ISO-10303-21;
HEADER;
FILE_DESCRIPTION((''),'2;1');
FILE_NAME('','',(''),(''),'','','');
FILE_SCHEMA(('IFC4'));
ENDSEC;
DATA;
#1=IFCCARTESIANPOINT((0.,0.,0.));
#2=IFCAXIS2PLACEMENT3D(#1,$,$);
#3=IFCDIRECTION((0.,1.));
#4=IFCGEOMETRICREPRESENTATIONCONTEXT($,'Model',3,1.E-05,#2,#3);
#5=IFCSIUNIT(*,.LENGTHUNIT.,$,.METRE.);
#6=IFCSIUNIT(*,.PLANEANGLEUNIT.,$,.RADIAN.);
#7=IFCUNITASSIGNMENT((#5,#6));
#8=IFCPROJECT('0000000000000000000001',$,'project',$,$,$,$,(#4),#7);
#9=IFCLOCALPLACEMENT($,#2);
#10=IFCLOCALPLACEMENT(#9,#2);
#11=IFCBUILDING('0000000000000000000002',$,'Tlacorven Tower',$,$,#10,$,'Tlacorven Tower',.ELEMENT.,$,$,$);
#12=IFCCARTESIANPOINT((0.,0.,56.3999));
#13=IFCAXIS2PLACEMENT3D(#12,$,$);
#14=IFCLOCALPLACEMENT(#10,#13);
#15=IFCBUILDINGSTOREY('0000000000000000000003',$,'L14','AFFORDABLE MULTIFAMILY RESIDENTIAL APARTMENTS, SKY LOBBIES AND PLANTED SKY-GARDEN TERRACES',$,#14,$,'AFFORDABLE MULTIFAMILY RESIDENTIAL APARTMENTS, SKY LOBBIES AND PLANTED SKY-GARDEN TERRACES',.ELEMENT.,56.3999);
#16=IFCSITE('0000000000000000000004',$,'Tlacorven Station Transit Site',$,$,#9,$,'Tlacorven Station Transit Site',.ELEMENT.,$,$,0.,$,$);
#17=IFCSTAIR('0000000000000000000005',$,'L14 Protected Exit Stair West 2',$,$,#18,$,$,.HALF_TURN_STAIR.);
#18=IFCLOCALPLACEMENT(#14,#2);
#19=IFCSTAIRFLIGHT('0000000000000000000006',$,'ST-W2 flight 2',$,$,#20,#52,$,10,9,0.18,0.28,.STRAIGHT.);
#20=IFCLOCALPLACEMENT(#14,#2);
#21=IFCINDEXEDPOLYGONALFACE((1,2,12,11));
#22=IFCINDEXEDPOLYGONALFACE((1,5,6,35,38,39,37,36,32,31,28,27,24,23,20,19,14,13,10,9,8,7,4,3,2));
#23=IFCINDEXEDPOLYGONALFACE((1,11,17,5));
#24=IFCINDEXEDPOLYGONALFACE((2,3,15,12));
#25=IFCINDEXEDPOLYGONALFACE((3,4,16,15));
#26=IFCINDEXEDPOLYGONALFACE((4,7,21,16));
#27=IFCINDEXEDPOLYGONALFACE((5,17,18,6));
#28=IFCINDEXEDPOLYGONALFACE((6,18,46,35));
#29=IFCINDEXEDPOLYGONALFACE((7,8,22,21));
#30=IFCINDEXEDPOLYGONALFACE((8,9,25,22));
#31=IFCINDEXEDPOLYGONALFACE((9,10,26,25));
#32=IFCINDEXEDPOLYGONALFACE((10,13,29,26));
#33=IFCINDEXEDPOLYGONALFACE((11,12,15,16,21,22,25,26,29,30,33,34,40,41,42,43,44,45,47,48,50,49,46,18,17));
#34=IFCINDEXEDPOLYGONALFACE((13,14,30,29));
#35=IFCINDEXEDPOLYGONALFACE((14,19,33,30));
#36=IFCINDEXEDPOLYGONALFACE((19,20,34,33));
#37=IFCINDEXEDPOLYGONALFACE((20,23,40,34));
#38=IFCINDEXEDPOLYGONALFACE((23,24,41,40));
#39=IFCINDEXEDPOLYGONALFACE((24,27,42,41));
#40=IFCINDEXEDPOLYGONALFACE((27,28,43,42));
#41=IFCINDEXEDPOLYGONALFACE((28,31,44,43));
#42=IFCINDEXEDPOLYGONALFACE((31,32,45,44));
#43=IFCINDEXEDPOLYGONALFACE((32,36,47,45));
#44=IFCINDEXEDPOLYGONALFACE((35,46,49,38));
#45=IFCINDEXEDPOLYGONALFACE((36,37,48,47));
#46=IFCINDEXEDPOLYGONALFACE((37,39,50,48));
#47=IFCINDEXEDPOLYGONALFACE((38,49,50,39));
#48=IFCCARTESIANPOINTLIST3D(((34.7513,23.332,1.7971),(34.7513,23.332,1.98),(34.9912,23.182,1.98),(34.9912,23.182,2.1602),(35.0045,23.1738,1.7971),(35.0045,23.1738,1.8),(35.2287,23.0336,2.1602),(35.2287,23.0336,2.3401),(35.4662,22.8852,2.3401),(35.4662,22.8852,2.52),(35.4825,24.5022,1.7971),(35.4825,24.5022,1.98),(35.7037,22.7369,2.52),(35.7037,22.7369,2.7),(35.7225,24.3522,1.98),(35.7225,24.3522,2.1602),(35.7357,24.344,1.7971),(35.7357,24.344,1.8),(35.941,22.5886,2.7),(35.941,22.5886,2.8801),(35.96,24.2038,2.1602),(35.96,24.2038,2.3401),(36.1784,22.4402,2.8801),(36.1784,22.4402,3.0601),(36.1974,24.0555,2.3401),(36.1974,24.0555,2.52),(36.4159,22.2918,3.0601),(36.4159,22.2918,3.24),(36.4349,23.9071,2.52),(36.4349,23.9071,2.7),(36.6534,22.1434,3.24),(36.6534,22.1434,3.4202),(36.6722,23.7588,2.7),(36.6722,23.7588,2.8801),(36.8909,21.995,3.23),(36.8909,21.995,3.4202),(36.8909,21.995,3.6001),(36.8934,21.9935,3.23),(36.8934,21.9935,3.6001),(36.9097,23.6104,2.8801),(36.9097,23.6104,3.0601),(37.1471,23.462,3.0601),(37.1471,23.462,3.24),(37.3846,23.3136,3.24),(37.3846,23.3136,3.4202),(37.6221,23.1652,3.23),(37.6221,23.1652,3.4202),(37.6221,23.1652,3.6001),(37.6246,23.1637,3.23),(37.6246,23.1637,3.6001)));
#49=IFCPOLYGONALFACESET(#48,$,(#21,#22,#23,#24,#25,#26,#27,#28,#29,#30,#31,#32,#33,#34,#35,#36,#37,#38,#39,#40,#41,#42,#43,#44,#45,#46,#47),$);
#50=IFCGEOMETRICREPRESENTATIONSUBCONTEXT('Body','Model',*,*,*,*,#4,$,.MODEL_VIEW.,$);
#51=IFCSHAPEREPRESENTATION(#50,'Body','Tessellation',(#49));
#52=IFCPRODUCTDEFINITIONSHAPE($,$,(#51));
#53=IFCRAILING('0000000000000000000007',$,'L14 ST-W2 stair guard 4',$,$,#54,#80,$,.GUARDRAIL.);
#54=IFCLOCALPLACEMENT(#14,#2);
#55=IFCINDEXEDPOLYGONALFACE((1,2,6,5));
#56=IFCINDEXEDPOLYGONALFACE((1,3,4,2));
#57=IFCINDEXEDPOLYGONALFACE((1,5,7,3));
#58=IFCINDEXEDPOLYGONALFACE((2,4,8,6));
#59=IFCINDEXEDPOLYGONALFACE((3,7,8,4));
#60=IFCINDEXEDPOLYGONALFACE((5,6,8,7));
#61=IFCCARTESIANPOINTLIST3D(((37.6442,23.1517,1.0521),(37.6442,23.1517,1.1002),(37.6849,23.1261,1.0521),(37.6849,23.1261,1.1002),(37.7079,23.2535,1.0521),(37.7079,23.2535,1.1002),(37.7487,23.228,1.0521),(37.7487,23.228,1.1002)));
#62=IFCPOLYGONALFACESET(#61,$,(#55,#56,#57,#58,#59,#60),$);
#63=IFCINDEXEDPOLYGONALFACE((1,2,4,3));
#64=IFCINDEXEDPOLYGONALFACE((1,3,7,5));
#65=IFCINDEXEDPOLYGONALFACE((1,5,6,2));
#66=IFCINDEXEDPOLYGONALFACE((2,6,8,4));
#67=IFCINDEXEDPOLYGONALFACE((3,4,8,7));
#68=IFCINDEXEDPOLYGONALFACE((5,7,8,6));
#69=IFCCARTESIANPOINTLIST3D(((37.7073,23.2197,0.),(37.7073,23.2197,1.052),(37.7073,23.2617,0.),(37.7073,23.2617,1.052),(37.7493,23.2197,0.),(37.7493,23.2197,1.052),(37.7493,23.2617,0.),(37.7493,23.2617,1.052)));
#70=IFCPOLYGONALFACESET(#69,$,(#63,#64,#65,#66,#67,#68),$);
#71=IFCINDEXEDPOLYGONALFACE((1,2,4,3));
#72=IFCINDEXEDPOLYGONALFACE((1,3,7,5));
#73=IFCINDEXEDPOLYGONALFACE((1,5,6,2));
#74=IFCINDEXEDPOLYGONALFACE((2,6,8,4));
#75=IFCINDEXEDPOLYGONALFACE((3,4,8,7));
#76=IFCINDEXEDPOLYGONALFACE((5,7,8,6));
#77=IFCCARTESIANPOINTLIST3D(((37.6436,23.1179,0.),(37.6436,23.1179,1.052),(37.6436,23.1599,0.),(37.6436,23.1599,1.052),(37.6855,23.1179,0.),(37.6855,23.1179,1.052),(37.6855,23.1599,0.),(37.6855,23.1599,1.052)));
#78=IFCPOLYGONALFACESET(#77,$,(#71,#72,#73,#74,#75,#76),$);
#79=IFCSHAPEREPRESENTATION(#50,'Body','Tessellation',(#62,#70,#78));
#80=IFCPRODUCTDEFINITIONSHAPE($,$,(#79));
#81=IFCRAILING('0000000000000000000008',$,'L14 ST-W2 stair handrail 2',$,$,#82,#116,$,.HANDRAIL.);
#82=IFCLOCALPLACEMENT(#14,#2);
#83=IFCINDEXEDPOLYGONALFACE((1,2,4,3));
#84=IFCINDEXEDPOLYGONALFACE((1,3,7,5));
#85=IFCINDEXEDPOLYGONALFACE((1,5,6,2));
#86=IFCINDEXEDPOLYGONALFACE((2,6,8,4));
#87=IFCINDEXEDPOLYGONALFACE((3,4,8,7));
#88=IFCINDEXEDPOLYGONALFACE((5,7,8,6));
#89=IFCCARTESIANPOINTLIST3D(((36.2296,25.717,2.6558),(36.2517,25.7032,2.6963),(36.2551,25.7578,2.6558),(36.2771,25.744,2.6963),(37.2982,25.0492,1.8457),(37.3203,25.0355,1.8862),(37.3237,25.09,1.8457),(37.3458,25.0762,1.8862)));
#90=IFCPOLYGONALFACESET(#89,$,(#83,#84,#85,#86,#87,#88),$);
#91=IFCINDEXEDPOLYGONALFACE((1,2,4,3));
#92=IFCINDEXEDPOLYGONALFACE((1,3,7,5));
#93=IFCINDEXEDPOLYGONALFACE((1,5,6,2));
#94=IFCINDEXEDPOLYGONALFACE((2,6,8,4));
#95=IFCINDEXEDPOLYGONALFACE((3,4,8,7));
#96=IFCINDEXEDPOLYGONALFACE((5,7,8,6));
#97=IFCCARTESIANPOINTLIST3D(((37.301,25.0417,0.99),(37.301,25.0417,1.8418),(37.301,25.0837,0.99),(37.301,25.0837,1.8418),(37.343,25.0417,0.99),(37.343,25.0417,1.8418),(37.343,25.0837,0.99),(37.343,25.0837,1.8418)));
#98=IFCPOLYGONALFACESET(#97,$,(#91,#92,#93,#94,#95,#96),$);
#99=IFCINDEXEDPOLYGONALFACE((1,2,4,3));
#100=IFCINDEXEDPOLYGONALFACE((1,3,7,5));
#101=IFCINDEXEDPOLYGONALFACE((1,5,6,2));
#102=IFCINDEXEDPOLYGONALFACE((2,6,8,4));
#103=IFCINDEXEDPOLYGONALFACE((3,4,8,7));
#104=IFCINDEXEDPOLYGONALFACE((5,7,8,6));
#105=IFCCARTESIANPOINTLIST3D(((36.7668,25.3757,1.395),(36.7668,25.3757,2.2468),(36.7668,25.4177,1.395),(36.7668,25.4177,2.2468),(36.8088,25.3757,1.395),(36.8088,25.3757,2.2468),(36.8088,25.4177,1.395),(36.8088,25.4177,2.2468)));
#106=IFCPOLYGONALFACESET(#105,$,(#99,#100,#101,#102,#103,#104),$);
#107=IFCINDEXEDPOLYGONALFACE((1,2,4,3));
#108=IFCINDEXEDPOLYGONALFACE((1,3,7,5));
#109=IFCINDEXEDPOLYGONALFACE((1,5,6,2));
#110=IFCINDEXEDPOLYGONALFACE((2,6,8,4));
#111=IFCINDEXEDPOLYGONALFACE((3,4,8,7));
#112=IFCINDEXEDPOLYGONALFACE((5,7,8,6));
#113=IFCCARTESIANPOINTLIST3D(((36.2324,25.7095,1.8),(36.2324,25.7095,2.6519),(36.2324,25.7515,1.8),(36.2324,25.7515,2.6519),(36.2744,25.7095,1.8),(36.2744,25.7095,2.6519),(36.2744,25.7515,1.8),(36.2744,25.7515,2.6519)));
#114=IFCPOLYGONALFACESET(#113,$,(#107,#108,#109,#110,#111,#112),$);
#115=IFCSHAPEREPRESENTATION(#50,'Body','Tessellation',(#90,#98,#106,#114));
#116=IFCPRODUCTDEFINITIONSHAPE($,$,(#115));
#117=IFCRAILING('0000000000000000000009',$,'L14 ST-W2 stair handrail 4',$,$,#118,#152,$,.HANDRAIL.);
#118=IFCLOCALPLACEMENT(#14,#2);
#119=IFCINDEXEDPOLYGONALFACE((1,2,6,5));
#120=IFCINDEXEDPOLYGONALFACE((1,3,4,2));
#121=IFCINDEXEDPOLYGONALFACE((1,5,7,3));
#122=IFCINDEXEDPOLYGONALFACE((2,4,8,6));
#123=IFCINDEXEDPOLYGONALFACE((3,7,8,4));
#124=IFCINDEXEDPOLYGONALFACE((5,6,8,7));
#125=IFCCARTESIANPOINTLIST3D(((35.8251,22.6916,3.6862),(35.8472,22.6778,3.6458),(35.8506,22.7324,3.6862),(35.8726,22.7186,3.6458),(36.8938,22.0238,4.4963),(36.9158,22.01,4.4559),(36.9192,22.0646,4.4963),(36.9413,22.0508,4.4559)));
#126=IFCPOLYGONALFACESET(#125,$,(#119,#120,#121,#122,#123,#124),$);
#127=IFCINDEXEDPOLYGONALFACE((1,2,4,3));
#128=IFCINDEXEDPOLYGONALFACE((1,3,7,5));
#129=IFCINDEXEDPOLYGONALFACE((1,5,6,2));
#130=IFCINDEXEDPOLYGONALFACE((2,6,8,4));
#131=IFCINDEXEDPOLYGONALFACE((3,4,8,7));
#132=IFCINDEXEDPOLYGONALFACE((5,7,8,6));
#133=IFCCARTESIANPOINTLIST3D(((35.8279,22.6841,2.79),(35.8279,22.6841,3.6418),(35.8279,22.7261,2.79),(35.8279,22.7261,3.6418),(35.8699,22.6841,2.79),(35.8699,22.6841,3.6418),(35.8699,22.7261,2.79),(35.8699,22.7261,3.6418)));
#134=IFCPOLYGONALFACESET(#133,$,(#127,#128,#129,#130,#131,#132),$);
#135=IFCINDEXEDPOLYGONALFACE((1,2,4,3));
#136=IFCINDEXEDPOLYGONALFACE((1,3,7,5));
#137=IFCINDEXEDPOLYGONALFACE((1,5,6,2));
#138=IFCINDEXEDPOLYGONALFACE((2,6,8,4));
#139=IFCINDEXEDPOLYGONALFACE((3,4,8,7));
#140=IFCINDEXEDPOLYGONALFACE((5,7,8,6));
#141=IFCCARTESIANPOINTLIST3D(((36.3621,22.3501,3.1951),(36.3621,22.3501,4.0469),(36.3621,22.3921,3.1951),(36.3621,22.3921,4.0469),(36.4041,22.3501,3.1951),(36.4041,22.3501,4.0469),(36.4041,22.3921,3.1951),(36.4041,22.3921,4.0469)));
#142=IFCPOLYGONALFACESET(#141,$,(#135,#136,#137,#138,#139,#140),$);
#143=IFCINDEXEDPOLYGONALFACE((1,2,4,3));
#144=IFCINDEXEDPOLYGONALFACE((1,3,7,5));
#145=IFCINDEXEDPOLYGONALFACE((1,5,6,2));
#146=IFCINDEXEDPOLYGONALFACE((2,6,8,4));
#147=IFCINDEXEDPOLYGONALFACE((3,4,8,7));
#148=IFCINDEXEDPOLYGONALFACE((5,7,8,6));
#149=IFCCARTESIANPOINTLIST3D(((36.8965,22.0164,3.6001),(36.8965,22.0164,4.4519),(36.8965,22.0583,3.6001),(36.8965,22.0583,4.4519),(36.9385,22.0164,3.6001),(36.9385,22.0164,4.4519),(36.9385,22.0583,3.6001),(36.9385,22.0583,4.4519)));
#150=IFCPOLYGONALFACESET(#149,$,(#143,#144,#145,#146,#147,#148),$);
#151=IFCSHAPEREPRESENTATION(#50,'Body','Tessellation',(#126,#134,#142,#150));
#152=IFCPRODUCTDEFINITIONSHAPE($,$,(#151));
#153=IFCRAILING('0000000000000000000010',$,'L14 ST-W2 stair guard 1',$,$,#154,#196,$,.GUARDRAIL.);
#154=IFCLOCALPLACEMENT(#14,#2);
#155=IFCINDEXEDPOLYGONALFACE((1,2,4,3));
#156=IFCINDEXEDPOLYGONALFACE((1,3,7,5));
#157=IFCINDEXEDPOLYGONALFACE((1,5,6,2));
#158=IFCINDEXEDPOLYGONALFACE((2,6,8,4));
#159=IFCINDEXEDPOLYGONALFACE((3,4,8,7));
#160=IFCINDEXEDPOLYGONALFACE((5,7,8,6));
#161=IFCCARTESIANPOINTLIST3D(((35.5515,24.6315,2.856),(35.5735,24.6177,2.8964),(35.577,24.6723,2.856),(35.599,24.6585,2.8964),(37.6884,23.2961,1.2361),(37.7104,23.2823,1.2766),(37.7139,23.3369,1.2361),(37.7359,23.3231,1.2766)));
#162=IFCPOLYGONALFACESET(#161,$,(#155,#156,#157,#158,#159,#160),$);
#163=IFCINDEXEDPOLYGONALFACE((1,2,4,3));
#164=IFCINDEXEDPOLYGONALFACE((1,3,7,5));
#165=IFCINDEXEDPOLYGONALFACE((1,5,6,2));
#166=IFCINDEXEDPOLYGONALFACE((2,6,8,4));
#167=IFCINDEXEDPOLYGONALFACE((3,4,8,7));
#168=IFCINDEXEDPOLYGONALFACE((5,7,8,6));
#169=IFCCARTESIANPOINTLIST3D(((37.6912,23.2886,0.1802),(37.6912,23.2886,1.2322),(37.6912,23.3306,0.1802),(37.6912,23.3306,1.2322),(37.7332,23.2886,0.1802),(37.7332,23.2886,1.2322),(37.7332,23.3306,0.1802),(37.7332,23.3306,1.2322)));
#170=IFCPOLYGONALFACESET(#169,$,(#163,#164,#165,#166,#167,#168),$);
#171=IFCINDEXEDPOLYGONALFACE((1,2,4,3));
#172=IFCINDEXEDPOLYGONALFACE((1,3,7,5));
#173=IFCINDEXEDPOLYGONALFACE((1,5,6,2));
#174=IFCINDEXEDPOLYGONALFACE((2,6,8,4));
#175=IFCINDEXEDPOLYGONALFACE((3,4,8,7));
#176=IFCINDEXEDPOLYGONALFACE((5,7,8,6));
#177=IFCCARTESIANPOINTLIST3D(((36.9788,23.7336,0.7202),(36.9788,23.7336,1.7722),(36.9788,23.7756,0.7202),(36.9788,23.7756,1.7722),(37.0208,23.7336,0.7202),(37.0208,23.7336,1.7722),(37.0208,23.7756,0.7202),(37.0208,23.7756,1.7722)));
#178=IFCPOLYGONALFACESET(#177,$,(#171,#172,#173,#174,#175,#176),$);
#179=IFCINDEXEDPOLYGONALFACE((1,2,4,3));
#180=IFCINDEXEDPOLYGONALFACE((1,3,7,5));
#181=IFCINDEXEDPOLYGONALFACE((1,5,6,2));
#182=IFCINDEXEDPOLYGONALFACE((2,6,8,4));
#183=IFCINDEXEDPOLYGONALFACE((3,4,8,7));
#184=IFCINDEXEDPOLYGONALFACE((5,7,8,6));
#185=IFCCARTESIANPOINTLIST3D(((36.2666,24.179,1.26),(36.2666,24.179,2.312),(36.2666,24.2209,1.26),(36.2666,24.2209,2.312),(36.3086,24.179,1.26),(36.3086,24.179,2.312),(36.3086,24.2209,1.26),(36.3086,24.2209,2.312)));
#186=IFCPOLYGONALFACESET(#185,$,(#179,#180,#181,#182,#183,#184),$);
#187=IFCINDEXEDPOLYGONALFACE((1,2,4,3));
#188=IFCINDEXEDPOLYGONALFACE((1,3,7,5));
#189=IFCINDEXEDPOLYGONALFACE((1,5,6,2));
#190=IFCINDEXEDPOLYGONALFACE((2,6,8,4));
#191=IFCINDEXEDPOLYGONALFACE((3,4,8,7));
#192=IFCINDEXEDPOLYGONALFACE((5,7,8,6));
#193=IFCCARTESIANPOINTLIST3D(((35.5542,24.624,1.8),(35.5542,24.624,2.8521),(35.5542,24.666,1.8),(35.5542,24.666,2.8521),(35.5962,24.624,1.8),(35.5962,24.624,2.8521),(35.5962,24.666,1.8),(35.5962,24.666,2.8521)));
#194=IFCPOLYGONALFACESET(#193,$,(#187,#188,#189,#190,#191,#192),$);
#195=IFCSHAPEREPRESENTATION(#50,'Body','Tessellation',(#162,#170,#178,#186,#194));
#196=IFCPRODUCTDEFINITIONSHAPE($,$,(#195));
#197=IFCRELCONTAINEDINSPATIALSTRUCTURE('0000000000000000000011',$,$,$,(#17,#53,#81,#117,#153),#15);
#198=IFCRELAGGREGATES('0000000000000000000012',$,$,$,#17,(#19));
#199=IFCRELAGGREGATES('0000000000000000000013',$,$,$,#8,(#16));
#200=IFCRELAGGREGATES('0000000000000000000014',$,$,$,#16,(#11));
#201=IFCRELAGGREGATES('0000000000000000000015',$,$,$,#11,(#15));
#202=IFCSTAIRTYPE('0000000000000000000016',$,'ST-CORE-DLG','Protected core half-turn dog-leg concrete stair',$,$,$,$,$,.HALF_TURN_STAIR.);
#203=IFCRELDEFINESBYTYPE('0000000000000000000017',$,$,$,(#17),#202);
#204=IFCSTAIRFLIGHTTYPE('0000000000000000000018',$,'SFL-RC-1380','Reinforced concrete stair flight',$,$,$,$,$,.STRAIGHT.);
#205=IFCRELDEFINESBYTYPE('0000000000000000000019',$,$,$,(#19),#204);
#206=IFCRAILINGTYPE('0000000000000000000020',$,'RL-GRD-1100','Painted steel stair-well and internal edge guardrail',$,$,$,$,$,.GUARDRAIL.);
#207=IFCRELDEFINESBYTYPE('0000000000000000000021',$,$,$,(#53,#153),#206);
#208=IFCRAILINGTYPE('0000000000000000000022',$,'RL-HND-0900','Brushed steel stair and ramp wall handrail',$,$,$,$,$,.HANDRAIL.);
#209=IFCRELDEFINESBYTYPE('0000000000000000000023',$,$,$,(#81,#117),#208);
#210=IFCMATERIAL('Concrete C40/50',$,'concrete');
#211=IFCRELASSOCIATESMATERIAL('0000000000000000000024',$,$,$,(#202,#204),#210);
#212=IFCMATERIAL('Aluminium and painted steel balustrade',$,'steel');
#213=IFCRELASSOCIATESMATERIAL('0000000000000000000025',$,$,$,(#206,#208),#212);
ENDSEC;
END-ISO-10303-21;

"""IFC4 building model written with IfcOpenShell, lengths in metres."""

from ifc_helpers import new_model, si_unit, direction, frame, origin, origin_2d, place, context, subcontext, project, spatial, polyline, rectangle, outline, extrude, source, transform, mapped, material, type_object, element, aggregate, save


model = new_model("IFC4")

# Units and contexts
model_context = context("Model", 3, precision=1e-05, world=origin(), true_north=direction((0.0, 1.0)))
body_context = subcontext(model_context, "Body", "Model", "MODEL_VIEW")
ifc_project = project(units=[si_unit("LENGTHUNIT", "METRE"), si_unit("PLANEANGLEUNIT", "RADIAN")], contexts=[model_context])

# Site, building, storey
site_placement = place(None, origin())
site = spatial("IfcSite", under=ifc_project, at=site_placement, Name="Tlacorven Station Transit Site", LongName="Tlacorven Station Transit Site", CompositionType="ELEMENT", RefElevation=0.0)
building_placement = place(site_placement, origin())
building = spatial("IfcBuilding", under=site, at=building_placement, Name="Tlacorven Tower", LongName="Tlacorven Tower", CompositionType="ELEMENT")
storey_placement = place(building_placement, frame((0.0, 0.0, 56.3999)))
storey = spatial("IfcBuildingStorey", under=building, at=storey_placement, Name="L14", Description="AFFORDABLE MULTIFAMILY RESIDENTIAL APARTMENTS, SKY LOBBIES AND PLANTED SKY-GARDEN TERRACES", LongName="AFFORDABLE MULTIFAMILY RESIDENTIAL APARTMENTS, SKY LOBBIES AND PLANTED SKY-GARDEN TERRACES", CompositionType="ELEMENT", Elevation=56.3999)

# Shared definitions
ifc_material_1 = material(Name="Concrete C40/50", Category="concrete")

# Stair, stair flight
stair_type = type_object("IfcStairType", Name="ST-CORE-DLG", Description="Protected core half-turn dog-leg concrete stair", PredefinedType="HALF_TURN_STAIR", material=ifc_material_1)
stair_placement = place(storey_placement, origin())
stair = element("IfcStair", 1, at=stair_placement, inside=storey, type_object=stair_type, Name="L14 Protected Exit Stair West 2", PredefinedType="HALF_TURN_STAIR")
stair_flight_type = type_object("IfcStairFlightType", Name="SFL-RC-1380", Description="Reinforced concrete stair flight", PredefinedType="STRAIGHT", material=ifc_material_1)
shared_shape_1 = source(origin(), body_context, "Body", "SweptSolid", [
    extrude(outline(polyline([(-0.0029, -0.0029), (-0.0029, 0.1799), (0.28, 0.1799), (0.28, 0.3601), (0.5601, 0.3601), (0.5601, 0.54), (0.8401, 0.54), (0.8401, 0.72), (1.1201, 0.72), (1.1201, 0.8999), (1.3999, 0.8999), (1.3999, 1.0801), (1.6799, 1.0801), (1.6799, 1.26), (1.96, 1.26), (1.96, 1.4399), (2.24, 1.4399), (2.24, 1.6201), (2.52, 1.6201), (2.52, 1.8), (2.5229, 1.8), (2.5229, 1.4299), (2.52, 1.4299), (0.2957, 0.0), (0.2957, -0.0029), (-0.0029, -0.0029)])), frame((0.0, 0.6899, 0.0), z_axis=(0.0, -1.0, 0.0), x_axis=(1.0, 0.0, 0.0)), (0.0, 0.0, 1.0), 1.3799),
])
stair_flight_1_placement = place(storey_placement, frame((35.1194, 23.9155, 1.8), z_axis=(0.0, 0.0, 1.0), x_axis=(0.848048, -0.529919, 0.0)))
stair_flight_1 = element("IfcStairFlight", 2, at=stair_flight_1_placement, type_object=stair_flight_type, Name="ST-W2 flight 2", NumberOfRisers=10, NumberOfTreads=9, PredefinedType="STRAIGHT", RiserHeight=0.18, TreadLength=0.28, context=body_context, shape_type="MappedRepresentation", body=[
    mapped(shared_shape_1, transform((0.0, 0.0, 0.0), scale=1.0)),
])
aggregate(stair, [stair_flight_1])

# Railings
ifc_material_2 = material(Name="Aluminium and painted steel balustrade", Category="steel")
railing_type_1 = type_object("IfcRailingType", Name="RL-GRD-1100", Description="Painted steel stair-well and internal edge guardrail", PredefinedType="GUARDRAIL", material=ifc_material_2)
shared_shape_2 = source(origin(), body_context, "Body", "SweptSolid", [
    extrude(rectangle(XDim=0.0481, YDim=0.0481, at=origin_2d()), frame((0.0, 0.0, 1.0762), z_axis=(-0.530547, -0.847656, 0.0), x_axis=(0.847656, -0.530547, 0.0)), (0.0, 0.0, 1.0), 0.1201),
    extrude(rectangle(XDim=0.042, YDim=0.042, at=origin_2d()), origin(), (0.0, 0.0, 1.0), 1.052),
    extrude(rectangle(XDim=0.042, YDim=0.042, at=origin_2d()), frame((-0.0637, -0.1018, 0.0)), (0.0, 0.0, 1.0), 1.052),
])
railing_1_placement = place(storey_placement, frame((37.7283, 23.2407, 0.0)))
element("IfcRailing", 3, at=railing_1_placement, inside=storey, type_object=railing_type_1, Name="L14 ST-W2 stair guard 4", PredefinedType="GUARDRAIL", context=body_context, shape_type="MappedRepresentation", body=[
    mapped(shared_shape_2, transform((0.0, 0.0, 0.0), scale=1.0)),
])
railing_type_2 = type_object("IfcRailingType", Name="RL-HND-0900", Description="Brushed steel stair and ramp wall handrail", PredefinedType="HANDRAIL", material=ifc_material_2)
shared_shape_3 = source(origin(), body_context, "Body", "SweptSolid", [
    extrude(rectangle(XDim=0.0481, YDim=0.0481, at=origin_2d()), frame((0.0, 0.0, 0.876), z_axis=(-0.71336, 0.445748, 0.540765), x_axis=(-0.529912, -0.848053, 0.0)), (0.0, 0.0, 1.0), 1.498),
    extrude(rectangle(XDim=0.042, YDim=0.042, at=origin_2d()), origin(), (0.0, 0.0, 1.0), 0.8518),
    extrude(rectangle(XDim=0.042, YDim=0.042, at=origin_2d()), frame((-0.5342, 0.334, 0.405)), (0.0, 0.0, 1.0), 0.8518),
    extrude(rectangle(XDim=0.042, YDim=0.042, at=origin_2d()), frame((-1.0686, 0.6677, 0.8101)), (0.0, 0.0, 1.0), 0.8518),
])
railing_2_placement = place(storey_placement, frame((37.322, 25.0627, 0.99)))
element("IfcRailing", 4, at=railing_2_placement, inside=storey, type_object=railing_type_2, Name="L14 ST-W2 stair handrail 2", PredefinedType="HANDRAIL", context=body_context, shape_type="MappedRepresentation", body=[
    mapped(shared_shape_3, transform((0.0, 0.0, 0.0), scale=1.0)),
])
shared_shape_4 = source(origin(), body_context, "Body", "SweptSolid", [
    extrude(rectangle(XDim=0.0481, YDim=0.0481, at=origin_2d()), frame((0.0, 0.0, 0.876), z_axis=(0.71336, -0.445748, 0.540765), x_axis=(0.529912, 0.848053, 0.0)), (0.0, 0.0, 1.0), 1.498),
    extrude(rectangle(XDim=0.042, YDim=0.042, at=origin_2d()), origin(), (0.0, 0.0, 1.0), 0.8518),
    extrude(rectangle(XDim=0.042, YDim=0.042, at=origin_2d()), frame((0.5342, -0.334, 0.405)), (0.0, 0.0, 1.0), 0.8518),
    extrude(rectangle(XDim=0.042, YDim=0.042, at=origin_2d()), frame((1.0686, -0.6677, 0.8101)), (0.0, 0.0, 1.0), 0.8518),
])
railing_3_placement = place(storey_placement, frame((35.8489, 22.7051, 2.79)))
element("IfcRailing", 5, at=railing_3_placement, inside=storey, type_object=railing_type_2, Name="L14 ST-W2 stair handrail 4", PredefinedType="HANDRAIL", context=body_context, shape_type="MappedRepresentation", body=[
    mapped(shared_shape_4, transform((0.0, 0.0, 0.0), scale=1.0)),
])
shared_shape_5 = source(origin(), body_context, "Body", "SweptSolid", [
    extrude(rectangle(XDim=0.0481, YDim=0.0481, at=origin_2d()), frame((0.0, 0.0, 1.0762), z_axis=(-0.713351, 0.445794, 0.540739), x_axis=(-0.529955, -0.848026, 0.0)), (0.0, 0.0, 1.0), 2.9956),
    extrude(rectangle(XDim=0.042, YDim=0.042, at=origin_2d()), origin(), (0.0, 0.0, 1.0), 1.052),
    extrude(rectangle(XDim=0.042, YDim=0.042, at=origin_2d()), frame((-0.7124, 0.4451, 0.54)), (0.0, 0.0, 1.0), 1.052),
    extrude(rectangle(XDim=0.042, YDim=0.042, at=origin_2d()), frame((-1.4246, 0.8904, 1.0798)), (0.0, 0.0, 1.0), 1.052),
    extrude(rectangle(XDim=0.042, YDim=0.042, at=origin_2d()), frame((-2.137, 1.3354, 1.6199)), (0.0, 0.0, 1.0), 1.052),
])
railing_4_placement = place(storey_placement, frame((37.7122, 23.3096, 0.1802)))
element("IfcRailing", 6, at=railing_4_placement, inside=storey, type_object=railing_type_1, Name="L14 ST-W2 stair guard 1", PredefinedType="GUARDRAIL", context=body_context, shape_type="MappedRepresentation", body=[
    mapped(shared_shape_5, transform((0.0, 0.0, 0.0), scale=1.0)),
])

save(model, "model.ifc")
